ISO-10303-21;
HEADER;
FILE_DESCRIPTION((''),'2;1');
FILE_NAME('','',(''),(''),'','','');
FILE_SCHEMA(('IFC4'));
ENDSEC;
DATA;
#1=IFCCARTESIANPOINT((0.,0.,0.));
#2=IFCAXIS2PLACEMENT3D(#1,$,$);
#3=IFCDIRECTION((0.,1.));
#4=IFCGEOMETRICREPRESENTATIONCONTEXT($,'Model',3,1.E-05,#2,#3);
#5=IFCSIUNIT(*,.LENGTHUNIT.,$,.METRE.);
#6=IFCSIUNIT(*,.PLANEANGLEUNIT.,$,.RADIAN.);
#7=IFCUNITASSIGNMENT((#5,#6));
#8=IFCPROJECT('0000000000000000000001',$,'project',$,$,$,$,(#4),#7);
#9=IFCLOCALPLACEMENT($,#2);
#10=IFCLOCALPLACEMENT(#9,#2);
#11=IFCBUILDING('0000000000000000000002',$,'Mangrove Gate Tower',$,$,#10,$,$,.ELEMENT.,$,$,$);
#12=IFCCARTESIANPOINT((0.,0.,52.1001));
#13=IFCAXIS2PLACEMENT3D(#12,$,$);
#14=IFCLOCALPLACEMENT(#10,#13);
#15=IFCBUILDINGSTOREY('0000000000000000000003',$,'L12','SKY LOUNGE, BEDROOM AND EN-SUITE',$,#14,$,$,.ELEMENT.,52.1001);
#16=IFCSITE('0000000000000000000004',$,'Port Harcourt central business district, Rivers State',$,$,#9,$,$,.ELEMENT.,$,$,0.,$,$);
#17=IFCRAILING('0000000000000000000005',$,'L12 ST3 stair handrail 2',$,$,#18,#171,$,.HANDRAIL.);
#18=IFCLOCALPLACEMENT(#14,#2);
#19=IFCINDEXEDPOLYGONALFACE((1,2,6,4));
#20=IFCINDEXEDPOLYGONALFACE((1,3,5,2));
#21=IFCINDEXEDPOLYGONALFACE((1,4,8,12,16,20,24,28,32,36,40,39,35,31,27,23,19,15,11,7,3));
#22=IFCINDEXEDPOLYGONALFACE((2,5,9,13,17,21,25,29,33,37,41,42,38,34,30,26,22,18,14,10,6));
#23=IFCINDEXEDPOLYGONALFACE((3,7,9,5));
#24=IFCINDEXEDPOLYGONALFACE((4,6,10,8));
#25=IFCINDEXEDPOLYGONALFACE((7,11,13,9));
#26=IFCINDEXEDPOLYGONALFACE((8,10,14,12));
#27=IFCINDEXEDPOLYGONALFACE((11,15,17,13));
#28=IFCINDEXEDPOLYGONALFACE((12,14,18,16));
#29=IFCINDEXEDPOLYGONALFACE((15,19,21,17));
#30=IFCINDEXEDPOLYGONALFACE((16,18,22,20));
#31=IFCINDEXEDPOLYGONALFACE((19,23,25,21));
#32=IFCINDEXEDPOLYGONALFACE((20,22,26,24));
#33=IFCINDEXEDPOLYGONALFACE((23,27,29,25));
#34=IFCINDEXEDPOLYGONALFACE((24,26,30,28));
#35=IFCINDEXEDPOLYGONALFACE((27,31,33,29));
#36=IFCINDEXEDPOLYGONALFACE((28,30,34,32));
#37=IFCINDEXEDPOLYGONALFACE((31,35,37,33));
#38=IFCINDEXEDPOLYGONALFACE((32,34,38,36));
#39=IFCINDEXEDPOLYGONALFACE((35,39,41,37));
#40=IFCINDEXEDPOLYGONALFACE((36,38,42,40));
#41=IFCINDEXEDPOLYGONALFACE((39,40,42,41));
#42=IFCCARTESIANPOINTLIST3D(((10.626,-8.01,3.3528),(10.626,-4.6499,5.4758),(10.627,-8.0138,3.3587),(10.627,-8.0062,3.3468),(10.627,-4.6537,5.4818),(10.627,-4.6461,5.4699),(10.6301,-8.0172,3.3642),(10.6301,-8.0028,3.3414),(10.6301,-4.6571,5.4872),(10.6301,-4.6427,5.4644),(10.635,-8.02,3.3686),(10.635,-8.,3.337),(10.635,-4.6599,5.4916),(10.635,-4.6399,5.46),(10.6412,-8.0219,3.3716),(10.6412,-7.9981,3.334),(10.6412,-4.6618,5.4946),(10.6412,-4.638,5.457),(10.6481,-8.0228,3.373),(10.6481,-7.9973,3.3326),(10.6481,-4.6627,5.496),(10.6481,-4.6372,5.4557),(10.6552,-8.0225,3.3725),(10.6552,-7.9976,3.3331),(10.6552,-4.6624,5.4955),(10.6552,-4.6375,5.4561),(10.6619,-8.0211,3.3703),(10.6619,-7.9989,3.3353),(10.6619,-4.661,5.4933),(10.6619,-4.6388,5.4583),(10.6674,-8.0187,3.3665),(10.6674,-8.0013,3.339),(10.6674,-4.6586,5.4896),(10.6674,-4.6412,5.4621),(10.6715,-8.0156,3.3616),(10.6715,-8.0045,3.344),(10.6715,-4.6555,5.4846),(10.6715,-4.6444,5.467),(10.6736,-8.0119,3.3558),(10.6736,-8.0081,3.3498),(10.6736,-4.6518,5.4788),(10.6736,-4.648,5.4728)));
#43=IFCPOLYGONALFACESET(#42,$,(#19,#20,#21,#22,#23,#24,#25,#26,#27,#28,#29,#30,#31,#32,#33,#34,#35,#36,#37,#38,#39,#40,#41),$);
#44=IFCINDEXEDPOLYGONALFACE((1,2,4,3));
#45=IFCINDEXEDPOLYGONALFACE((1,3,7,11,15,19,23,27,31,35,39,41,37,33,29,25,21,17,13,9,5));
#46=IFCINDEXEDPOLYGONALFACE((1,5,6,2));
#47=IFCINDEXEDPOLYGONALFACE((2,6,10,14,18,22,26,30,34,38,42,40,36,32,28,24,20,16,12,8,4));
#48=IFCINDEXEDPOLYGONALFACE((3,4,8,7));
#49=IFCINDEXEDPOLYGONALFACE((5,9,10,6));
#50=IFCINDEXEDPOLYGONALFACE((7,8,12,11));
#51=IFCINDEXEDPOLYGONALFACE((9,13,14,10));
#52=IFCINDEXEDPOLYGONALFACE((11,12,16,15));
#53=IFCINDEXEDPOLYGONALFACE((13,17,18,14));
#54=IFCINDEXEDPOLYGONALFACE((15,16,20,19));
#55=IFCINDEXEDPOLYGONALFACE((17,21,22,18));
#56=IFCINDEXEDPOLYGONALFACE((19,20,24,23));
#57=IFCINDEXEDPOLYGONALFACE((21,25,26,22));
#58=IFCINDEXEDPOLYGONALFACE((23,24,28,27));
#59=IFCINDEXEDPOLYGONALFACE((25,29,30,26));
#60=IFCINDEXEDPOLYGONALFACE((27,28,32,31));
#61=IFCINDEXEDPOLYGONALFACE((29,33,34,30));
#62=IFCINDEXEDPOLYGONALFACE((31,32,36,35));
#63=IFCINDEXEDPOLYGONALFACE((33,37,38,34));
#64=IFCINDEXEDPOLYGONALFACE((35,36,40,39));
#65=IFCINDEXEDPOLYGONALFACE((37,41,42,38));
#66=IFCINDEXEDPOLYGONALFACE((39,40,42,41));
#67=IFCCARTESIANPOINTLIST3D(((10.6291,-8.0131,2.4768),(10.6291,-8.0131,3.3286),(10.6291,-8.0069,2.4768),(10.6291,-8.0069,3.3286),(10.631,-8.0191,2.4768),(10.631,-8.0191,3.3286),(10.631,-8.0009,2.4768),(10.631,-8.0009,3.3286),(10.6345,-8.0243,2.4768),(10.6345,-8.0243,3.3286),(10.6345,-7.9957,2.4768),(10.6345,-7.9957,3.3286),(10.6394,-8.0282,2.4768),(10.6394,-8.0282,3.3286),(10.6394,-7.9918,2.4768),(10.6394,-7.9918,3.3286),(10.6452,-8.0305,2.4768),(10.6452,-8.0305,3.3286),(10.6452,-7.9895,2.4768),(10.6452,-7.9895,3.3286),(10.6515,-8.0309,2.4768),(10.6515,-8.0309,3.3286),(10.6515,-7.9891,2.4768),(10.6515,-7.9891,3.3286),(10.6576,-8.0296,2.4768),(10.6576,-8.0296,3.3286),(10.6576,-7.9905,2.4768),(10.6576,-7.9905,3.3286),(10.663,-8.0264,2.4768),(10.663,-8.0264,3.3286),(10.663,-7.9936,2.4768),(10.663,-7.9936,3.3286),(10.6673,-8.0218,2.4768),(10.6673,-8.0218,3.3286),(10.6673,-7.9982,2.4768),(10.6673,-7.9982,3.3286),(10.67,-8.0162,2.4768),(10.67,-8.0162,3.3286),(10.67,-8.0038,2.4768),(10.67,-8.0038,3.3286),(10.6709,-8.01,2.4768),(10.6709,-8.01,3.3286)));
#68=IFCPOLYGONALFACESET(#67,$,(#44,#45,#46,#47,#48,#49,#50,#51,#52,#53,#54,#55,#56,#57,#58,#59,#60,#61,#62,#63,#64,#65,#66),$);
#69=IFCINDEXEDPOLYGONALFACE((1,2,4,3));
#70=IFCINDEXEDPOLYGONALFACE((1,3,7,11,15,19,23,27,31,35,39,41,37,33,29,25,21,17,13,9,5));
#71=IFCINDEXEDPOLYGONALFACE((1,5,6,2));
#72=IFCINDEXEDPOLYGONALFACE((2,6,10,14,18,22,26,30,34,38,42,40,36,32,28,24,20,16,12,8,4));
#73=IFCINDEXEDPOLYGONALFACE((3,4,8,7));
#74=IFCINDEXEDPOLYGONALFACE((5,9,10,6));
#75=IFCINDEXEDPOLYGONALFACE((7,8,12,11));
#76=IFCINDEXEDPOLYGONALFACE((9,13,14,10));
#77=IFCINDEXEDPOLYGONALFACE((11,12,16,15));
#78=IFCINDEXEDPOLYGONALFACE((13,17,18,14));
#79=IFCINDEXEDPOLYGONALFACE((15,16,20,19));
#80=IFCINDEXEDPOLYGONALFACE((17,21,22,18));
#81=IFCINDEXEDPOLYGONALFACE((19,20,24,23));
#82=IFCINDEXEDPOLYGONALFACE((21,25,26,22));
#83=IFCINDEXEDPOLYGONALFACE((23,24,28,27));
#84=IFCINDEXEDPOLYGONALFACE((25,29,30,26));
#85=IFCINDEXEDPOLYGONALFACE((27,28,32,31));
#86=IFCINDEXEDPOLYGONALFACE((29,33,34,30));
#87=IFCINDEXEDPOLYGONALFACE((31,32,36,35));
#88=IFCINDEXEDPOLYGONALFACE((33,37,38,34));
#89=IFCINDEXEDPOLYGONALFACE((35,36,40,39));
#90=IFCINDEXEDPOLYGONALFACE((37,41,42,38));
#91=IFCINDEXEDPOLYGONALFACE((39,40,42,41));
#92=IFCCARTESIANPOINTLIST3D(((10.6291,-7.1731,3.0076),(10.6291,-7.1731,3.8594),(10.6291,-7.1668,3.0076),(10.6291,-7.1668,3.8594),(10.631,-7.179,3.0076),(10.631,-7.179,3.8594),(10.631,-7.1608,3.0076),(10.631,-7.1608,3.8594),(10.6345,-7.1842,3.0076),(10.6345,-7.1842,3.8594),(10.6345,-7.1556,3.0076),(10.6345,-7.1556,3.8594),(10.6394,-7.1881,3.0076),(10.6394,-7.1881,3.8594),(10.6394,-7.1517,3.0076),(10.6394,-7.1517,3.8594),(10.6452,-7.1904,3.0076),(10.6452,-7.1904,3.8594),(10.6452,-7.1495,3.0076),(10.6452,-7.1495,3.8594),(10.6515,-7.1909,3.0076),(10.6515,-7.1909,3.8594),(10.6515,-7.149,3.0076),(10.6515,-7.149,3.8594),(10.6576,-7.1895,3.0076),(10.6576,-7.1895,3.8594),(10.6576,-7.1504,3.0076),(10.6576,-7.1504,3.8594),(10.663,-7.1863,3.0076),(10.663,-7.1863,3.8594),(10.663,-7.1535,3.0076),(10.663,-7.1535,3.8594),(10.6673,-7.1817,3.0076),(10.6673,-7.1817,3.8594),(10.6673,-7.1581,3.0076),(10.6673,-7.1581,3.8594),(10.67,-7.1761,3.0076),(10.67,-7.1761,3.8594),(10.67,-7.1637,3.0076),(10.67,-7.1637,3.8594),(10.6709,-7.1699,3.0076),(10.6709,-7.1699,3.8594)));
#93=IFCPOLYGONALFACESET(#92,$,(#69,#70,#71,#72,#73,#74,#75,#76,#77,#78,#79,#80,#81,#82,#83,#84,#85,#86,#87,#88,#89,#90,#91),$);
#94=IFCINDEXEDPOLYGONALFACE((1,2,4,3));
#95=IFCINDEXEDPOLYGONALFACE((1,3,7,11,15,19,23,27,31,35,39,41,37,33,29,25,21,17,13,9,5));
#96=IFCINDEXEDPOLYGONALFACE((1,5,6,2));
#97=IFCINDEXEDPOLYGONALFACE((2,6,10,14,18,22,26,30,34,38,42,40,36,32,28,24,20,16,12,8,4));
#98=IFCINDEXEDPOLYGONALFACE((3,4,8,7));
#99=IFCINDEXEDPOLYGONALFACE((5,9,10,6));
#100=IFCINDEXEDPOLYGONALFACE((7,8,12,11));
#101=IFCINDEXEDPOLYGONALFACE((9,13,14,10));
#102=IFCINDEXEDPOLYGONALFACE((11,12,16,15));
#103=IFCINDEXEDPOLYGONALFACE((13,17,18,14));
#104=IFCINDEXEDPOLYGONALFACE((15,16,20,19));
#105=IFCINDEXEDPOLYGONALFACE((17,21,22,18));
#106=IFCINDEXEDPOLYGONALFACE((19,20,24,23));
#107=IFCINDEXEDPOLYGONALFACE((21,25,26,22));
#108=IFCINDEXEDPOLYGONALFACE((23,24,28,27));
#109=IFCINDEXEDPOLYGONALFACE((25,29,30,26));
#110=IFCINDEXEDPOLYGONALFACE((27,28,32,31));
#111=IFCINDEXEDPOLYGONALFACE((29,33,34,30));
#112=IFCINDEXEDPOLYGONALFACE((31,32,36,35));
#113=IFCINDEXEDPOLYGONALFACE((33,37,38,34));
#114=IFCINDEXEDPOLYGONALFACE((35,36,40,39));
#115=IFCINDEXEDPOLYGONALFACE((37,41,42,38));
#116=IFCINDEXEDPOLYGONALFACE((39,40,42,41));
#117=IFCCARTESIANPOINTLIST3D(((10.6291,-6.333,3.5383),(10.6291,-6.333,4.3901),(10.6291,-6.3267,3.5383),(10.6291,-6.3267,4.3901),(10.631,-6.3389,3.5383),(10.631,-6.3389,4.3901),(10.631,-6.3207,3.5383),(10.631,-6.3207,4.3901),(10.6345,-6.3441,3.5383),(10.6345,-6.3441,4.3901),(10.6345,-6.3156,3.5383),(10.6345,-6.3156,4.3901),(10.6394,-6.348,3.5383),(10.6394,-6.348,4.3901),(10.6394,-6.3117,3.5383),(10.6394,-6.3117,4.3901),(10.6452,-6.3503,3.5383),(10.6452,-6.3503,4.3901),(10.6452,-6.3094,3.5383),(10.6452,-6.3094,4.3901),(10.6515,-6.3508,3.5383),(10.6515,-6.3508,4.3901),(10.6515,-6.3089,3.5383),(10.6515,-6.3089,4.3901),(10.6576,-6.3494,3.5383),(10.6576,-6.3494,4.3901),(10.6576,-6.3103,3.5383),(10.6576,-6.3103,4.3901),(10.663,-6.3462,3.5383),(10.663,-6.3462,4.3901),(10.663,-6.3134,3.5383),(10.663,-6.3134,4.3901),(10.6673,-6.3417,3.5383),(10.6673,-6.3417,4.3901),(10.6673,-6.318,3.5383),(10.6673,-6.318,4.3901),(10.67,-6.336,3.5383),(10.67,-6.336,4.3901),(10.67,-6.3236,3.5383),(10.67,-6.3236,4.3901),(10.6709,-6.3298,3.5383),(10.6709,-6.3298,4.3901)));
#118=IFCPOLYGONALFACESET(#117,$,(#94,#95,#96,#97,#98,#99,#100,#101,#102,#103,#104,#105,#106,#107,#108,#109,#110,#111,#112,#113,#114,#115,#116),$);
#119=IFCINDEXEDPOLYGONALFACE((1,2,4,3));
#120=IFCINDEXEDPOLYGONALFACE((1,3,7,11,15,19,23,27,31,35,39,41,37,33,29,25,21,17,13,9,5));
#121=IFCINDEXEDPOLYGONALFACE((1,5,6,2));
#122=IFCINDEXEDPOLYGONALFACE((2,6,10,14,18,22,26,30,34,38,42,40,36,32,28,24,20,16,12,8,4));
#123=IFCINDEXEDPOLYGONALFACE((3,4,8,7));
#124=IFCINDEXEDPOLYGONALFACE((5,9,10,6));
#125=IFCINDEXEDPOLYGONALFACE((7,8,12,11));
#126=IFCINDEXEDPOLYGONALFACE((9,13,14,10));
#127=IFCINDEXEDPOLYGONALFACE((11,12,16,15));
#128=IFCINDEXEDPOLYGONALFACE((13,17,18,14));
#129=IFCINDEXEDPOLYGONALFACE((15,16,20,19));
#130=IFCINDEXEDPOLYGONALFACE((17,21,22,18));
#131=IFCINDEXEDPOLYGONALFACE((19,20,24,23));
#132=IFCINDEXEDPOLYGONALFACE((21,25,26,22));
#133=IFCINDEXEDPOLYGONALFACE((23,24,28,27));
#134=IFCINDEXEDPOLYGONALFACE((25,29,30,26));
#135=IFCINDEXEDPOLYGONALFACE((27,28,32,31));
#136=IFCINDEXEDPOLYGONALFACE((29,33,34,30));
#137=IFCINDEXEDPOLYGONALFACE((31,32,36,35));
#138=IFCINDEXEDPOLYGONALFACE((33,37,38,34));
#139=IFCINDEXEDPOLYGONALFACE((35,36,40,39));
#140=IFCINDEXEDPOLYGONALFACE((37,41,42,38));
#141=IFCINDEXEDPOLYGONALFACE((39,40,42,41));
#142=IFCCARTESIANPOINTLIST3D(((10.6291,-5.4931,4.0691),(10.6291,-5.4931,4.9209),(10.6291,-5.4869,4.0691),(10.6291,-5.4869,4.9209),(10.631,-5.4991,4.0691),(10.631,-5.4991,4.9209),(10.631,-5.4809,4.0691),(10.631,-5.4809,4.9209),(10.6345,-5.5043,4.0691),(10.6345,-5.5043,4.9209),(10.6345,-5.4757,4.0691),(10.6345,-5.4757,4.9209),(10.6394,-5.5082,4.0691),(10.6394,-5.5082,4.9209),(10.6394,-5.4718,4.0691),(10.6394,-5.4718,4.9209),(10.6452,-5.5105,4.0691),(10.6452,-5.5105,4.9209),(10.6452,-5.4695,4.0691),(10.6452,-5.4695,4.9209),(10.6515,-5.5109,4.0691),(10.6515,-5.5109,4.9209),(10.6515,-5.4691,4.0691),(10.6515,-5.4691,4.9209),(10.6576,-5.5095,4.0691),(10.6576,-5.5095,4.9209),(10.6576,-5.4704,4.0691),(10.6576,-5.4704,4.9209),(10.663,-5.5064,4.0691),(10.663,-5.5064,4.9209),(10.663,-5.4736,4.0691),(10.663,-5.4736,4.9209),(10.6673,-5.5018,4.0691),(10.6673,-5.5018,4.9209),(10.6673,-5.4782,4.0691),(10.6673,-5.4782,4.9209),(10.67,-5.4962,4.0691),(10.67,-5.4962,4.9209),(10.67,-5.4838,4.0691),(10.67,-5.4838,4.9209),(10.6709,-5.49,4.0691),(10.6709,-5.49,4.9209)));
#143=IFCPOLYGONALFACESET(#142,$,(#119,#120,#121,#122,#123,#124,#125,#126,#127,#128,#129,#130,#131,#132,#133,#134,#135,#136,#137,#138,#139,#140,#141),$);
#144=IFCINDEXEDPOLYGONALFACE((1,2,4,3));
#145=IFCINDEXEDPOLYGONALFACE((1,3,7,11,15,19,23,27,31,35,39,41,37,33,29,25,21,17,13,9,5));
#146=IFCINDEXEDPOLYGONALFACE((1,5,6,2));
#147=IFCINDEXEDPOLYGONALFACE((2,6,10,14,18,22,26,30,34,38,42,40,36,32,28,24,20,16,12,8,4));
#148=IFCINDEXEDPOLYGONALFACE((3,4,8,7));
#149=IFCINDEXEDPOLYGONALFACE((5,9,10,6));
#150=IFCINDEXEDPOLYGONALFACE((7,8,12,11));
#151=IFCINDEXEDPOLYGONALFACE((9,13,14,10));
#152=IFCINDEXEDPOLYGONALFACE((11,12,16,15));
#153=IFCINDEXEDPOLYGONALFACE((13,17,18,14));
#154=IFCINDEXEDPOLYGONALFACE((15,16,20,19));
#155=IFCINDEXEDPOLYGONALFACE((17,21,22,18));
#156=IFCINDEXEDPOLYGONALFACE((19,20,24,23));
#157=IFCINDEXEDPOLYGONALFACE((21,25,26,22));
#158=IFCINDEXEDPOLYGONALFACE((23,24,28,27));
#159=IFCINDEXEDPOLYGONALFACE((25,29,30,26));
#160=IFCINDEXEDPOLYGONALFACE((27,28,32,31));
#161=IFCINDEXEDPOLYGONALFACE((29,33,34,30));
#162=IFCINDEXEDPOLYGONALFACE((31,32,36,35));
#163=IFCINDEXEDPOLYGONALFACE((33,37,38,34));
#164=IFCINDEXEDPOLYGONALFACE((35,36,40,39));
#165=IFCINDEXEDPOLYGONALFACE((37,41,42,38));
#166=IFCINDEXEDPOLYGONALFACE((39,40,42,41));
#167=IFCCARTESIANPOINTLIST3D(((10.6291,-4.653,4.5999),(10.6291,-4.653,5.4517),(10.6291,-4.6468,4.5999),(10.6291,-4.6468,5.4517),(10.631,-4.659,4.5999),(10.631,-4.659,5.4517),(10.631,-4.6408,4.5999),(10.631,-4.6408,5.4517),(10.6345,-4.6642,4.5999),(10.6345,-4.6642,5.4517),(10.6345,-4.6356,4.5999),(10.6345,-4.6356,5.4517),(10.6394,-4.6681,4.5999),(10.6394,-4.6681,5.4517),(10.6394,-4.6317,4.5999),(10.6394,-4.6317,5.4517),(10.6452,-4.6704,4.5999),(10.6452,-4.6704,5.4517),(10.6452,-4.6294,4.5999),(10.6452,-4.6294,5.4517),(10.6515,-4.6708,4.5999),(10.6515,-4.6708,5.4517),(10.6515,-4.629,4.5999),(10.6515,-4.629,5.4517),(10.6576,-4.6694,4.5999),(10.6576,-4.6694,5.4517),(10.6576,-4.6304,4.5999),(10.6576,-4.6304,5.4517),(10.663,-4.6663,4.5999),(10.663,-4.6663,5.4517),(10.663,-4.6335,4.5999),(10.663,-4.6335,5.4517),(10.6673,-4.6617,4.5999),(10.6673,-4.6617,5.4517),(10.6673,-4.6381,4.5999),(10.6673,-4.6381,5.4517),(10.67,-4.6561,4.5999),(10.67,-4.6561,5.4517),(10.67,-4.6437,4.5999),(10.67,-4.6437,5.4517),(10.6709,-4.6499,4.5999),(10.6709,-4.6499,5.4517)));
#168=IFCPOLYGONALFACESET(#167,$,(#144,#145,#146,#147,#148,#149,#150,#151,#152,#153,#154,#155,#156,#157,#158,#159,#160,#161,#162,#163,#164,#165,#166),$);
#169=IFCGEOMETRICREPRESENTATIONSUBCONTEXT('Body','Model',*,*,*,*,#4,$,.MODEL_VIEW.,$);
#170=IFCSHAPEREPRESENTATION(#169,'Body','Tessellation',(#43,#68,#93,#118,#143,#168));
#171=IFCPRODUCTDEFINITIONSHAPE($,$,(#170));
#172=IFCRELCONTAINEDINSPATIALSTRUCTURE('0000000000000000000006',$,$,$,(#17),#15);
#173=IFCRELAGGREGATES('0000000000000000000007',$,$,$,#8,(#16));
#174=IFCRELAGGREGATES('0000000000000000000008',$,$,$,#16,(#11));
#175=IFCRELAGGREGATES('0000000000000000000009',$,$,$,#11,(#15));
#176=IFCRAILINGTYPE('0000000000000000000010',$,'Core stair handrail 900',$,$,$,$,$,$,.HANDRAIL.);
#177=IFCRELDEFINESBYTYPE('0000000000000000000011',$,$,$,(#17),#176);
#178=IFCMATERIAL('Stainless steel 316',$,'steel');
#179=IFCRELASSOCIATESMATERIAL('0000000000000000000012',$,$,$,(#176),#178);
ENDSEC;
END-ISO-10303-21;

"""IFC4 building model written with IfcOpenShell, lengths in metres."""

from ifc_helpers import new_model, si_unit, direction, frame, origin, origin_2d, place, context, subcontext, project, spatial, circle, extrude, material, type_object, element, save


model = new_model("IFC4")

# Units and contexts
model_context = context("Model", 3, precision=1e-05, world=origin(), true_north=direction((0.0, 1.0)))
body_context = subcontext(model_context, "Body", "Model", "MODEL_VIEW")
ifc_project = project(units=[si_unit("LENGTHUNIT", "METRE"), si_unit("PLANEANGLEUNIT", "RADIAN")], contexts=[model_context])

# Site, building, storey
site_placement = place(None, origin())
site = spatial("IfcSite", under=ifc_project, at=site_placement, Name="Port Harcourt central business district, Rivers State", CompositionType="ELEMENT", RefElevation=0.0)
building_placement = place(site_placement, origin())
building = spatial("IfcBuilding", under=site, at=building_placement, Name="Mangrove Gate Tower", CompositionType="ELEMENT")
storey_placement = place(building_placement, frame((0.0, 0.0, 52.1001)))
storey = spatial("IfcBuildingStorey", under=building, at=storey_placement, Name="L12", Description="SKY LOUNGE, BEDROOM AND EN-SUITE", CompositionType="ELEMENT", Elevation=52.1001)

# Railing
ifc_material_1 = material(Name="Stainless steel 316", Category="steel")
railing_type_1 = type_object("IfcRailingType", Name="Core stair handrail 900", PredefinedType="HANDRAIL", material=ifc_material_1)
railing_1_placement = place(storey_placement, frame((10.6499, -8.01, 2.4768)))
element("IfcRailing", 1, at=railing_1_placement, inside=storey, type_object=railing_type_1, Name="L12 ST3 stair handrail 2", PredefinedType="HANDRAIL", context=body_context, shape_type="SweptSolid", body=[
    extrude(circle(Radius=0.0239, at=origin_2d()), frame((0.0, 0.0, 0.876), z_axis=(0.0, 0.84539, 0.53415), x_axis=(-1.0, 0.0, 0.0)), (0.0, 0.0, 1.0), 3.9746),
    extrude(circle(Radius=0.021, at=origin_2d()), origin(), (0.0, 0.0, 1.0), 0.8518),
    extrude(circle(Radius=0.021, at=origin_2d()), frame((0.0, 0.8401, 0.5308)), (0.0, 0.0, 1.0), 0.8518),
    extrude(circle(Radius=0.021, at=origin_2d()), frame((0.0, 1.6802, 1.0615)), (0.0, 0.0, 1.0), 0.8518),
    extrude(circle(Radius=0.021, at=origin_2d()), frame((0.0, 2.52, 1.5923)), (0.0, 0.0, 1.0), 0.8518),
    extrude(circle(Radius=0.021, at=origin_2d()), frame((0.0, 3.3601, 2.123)), (0.0, 0.0, 1.0), 0.8518),
])

save(model, "model.ifc")
